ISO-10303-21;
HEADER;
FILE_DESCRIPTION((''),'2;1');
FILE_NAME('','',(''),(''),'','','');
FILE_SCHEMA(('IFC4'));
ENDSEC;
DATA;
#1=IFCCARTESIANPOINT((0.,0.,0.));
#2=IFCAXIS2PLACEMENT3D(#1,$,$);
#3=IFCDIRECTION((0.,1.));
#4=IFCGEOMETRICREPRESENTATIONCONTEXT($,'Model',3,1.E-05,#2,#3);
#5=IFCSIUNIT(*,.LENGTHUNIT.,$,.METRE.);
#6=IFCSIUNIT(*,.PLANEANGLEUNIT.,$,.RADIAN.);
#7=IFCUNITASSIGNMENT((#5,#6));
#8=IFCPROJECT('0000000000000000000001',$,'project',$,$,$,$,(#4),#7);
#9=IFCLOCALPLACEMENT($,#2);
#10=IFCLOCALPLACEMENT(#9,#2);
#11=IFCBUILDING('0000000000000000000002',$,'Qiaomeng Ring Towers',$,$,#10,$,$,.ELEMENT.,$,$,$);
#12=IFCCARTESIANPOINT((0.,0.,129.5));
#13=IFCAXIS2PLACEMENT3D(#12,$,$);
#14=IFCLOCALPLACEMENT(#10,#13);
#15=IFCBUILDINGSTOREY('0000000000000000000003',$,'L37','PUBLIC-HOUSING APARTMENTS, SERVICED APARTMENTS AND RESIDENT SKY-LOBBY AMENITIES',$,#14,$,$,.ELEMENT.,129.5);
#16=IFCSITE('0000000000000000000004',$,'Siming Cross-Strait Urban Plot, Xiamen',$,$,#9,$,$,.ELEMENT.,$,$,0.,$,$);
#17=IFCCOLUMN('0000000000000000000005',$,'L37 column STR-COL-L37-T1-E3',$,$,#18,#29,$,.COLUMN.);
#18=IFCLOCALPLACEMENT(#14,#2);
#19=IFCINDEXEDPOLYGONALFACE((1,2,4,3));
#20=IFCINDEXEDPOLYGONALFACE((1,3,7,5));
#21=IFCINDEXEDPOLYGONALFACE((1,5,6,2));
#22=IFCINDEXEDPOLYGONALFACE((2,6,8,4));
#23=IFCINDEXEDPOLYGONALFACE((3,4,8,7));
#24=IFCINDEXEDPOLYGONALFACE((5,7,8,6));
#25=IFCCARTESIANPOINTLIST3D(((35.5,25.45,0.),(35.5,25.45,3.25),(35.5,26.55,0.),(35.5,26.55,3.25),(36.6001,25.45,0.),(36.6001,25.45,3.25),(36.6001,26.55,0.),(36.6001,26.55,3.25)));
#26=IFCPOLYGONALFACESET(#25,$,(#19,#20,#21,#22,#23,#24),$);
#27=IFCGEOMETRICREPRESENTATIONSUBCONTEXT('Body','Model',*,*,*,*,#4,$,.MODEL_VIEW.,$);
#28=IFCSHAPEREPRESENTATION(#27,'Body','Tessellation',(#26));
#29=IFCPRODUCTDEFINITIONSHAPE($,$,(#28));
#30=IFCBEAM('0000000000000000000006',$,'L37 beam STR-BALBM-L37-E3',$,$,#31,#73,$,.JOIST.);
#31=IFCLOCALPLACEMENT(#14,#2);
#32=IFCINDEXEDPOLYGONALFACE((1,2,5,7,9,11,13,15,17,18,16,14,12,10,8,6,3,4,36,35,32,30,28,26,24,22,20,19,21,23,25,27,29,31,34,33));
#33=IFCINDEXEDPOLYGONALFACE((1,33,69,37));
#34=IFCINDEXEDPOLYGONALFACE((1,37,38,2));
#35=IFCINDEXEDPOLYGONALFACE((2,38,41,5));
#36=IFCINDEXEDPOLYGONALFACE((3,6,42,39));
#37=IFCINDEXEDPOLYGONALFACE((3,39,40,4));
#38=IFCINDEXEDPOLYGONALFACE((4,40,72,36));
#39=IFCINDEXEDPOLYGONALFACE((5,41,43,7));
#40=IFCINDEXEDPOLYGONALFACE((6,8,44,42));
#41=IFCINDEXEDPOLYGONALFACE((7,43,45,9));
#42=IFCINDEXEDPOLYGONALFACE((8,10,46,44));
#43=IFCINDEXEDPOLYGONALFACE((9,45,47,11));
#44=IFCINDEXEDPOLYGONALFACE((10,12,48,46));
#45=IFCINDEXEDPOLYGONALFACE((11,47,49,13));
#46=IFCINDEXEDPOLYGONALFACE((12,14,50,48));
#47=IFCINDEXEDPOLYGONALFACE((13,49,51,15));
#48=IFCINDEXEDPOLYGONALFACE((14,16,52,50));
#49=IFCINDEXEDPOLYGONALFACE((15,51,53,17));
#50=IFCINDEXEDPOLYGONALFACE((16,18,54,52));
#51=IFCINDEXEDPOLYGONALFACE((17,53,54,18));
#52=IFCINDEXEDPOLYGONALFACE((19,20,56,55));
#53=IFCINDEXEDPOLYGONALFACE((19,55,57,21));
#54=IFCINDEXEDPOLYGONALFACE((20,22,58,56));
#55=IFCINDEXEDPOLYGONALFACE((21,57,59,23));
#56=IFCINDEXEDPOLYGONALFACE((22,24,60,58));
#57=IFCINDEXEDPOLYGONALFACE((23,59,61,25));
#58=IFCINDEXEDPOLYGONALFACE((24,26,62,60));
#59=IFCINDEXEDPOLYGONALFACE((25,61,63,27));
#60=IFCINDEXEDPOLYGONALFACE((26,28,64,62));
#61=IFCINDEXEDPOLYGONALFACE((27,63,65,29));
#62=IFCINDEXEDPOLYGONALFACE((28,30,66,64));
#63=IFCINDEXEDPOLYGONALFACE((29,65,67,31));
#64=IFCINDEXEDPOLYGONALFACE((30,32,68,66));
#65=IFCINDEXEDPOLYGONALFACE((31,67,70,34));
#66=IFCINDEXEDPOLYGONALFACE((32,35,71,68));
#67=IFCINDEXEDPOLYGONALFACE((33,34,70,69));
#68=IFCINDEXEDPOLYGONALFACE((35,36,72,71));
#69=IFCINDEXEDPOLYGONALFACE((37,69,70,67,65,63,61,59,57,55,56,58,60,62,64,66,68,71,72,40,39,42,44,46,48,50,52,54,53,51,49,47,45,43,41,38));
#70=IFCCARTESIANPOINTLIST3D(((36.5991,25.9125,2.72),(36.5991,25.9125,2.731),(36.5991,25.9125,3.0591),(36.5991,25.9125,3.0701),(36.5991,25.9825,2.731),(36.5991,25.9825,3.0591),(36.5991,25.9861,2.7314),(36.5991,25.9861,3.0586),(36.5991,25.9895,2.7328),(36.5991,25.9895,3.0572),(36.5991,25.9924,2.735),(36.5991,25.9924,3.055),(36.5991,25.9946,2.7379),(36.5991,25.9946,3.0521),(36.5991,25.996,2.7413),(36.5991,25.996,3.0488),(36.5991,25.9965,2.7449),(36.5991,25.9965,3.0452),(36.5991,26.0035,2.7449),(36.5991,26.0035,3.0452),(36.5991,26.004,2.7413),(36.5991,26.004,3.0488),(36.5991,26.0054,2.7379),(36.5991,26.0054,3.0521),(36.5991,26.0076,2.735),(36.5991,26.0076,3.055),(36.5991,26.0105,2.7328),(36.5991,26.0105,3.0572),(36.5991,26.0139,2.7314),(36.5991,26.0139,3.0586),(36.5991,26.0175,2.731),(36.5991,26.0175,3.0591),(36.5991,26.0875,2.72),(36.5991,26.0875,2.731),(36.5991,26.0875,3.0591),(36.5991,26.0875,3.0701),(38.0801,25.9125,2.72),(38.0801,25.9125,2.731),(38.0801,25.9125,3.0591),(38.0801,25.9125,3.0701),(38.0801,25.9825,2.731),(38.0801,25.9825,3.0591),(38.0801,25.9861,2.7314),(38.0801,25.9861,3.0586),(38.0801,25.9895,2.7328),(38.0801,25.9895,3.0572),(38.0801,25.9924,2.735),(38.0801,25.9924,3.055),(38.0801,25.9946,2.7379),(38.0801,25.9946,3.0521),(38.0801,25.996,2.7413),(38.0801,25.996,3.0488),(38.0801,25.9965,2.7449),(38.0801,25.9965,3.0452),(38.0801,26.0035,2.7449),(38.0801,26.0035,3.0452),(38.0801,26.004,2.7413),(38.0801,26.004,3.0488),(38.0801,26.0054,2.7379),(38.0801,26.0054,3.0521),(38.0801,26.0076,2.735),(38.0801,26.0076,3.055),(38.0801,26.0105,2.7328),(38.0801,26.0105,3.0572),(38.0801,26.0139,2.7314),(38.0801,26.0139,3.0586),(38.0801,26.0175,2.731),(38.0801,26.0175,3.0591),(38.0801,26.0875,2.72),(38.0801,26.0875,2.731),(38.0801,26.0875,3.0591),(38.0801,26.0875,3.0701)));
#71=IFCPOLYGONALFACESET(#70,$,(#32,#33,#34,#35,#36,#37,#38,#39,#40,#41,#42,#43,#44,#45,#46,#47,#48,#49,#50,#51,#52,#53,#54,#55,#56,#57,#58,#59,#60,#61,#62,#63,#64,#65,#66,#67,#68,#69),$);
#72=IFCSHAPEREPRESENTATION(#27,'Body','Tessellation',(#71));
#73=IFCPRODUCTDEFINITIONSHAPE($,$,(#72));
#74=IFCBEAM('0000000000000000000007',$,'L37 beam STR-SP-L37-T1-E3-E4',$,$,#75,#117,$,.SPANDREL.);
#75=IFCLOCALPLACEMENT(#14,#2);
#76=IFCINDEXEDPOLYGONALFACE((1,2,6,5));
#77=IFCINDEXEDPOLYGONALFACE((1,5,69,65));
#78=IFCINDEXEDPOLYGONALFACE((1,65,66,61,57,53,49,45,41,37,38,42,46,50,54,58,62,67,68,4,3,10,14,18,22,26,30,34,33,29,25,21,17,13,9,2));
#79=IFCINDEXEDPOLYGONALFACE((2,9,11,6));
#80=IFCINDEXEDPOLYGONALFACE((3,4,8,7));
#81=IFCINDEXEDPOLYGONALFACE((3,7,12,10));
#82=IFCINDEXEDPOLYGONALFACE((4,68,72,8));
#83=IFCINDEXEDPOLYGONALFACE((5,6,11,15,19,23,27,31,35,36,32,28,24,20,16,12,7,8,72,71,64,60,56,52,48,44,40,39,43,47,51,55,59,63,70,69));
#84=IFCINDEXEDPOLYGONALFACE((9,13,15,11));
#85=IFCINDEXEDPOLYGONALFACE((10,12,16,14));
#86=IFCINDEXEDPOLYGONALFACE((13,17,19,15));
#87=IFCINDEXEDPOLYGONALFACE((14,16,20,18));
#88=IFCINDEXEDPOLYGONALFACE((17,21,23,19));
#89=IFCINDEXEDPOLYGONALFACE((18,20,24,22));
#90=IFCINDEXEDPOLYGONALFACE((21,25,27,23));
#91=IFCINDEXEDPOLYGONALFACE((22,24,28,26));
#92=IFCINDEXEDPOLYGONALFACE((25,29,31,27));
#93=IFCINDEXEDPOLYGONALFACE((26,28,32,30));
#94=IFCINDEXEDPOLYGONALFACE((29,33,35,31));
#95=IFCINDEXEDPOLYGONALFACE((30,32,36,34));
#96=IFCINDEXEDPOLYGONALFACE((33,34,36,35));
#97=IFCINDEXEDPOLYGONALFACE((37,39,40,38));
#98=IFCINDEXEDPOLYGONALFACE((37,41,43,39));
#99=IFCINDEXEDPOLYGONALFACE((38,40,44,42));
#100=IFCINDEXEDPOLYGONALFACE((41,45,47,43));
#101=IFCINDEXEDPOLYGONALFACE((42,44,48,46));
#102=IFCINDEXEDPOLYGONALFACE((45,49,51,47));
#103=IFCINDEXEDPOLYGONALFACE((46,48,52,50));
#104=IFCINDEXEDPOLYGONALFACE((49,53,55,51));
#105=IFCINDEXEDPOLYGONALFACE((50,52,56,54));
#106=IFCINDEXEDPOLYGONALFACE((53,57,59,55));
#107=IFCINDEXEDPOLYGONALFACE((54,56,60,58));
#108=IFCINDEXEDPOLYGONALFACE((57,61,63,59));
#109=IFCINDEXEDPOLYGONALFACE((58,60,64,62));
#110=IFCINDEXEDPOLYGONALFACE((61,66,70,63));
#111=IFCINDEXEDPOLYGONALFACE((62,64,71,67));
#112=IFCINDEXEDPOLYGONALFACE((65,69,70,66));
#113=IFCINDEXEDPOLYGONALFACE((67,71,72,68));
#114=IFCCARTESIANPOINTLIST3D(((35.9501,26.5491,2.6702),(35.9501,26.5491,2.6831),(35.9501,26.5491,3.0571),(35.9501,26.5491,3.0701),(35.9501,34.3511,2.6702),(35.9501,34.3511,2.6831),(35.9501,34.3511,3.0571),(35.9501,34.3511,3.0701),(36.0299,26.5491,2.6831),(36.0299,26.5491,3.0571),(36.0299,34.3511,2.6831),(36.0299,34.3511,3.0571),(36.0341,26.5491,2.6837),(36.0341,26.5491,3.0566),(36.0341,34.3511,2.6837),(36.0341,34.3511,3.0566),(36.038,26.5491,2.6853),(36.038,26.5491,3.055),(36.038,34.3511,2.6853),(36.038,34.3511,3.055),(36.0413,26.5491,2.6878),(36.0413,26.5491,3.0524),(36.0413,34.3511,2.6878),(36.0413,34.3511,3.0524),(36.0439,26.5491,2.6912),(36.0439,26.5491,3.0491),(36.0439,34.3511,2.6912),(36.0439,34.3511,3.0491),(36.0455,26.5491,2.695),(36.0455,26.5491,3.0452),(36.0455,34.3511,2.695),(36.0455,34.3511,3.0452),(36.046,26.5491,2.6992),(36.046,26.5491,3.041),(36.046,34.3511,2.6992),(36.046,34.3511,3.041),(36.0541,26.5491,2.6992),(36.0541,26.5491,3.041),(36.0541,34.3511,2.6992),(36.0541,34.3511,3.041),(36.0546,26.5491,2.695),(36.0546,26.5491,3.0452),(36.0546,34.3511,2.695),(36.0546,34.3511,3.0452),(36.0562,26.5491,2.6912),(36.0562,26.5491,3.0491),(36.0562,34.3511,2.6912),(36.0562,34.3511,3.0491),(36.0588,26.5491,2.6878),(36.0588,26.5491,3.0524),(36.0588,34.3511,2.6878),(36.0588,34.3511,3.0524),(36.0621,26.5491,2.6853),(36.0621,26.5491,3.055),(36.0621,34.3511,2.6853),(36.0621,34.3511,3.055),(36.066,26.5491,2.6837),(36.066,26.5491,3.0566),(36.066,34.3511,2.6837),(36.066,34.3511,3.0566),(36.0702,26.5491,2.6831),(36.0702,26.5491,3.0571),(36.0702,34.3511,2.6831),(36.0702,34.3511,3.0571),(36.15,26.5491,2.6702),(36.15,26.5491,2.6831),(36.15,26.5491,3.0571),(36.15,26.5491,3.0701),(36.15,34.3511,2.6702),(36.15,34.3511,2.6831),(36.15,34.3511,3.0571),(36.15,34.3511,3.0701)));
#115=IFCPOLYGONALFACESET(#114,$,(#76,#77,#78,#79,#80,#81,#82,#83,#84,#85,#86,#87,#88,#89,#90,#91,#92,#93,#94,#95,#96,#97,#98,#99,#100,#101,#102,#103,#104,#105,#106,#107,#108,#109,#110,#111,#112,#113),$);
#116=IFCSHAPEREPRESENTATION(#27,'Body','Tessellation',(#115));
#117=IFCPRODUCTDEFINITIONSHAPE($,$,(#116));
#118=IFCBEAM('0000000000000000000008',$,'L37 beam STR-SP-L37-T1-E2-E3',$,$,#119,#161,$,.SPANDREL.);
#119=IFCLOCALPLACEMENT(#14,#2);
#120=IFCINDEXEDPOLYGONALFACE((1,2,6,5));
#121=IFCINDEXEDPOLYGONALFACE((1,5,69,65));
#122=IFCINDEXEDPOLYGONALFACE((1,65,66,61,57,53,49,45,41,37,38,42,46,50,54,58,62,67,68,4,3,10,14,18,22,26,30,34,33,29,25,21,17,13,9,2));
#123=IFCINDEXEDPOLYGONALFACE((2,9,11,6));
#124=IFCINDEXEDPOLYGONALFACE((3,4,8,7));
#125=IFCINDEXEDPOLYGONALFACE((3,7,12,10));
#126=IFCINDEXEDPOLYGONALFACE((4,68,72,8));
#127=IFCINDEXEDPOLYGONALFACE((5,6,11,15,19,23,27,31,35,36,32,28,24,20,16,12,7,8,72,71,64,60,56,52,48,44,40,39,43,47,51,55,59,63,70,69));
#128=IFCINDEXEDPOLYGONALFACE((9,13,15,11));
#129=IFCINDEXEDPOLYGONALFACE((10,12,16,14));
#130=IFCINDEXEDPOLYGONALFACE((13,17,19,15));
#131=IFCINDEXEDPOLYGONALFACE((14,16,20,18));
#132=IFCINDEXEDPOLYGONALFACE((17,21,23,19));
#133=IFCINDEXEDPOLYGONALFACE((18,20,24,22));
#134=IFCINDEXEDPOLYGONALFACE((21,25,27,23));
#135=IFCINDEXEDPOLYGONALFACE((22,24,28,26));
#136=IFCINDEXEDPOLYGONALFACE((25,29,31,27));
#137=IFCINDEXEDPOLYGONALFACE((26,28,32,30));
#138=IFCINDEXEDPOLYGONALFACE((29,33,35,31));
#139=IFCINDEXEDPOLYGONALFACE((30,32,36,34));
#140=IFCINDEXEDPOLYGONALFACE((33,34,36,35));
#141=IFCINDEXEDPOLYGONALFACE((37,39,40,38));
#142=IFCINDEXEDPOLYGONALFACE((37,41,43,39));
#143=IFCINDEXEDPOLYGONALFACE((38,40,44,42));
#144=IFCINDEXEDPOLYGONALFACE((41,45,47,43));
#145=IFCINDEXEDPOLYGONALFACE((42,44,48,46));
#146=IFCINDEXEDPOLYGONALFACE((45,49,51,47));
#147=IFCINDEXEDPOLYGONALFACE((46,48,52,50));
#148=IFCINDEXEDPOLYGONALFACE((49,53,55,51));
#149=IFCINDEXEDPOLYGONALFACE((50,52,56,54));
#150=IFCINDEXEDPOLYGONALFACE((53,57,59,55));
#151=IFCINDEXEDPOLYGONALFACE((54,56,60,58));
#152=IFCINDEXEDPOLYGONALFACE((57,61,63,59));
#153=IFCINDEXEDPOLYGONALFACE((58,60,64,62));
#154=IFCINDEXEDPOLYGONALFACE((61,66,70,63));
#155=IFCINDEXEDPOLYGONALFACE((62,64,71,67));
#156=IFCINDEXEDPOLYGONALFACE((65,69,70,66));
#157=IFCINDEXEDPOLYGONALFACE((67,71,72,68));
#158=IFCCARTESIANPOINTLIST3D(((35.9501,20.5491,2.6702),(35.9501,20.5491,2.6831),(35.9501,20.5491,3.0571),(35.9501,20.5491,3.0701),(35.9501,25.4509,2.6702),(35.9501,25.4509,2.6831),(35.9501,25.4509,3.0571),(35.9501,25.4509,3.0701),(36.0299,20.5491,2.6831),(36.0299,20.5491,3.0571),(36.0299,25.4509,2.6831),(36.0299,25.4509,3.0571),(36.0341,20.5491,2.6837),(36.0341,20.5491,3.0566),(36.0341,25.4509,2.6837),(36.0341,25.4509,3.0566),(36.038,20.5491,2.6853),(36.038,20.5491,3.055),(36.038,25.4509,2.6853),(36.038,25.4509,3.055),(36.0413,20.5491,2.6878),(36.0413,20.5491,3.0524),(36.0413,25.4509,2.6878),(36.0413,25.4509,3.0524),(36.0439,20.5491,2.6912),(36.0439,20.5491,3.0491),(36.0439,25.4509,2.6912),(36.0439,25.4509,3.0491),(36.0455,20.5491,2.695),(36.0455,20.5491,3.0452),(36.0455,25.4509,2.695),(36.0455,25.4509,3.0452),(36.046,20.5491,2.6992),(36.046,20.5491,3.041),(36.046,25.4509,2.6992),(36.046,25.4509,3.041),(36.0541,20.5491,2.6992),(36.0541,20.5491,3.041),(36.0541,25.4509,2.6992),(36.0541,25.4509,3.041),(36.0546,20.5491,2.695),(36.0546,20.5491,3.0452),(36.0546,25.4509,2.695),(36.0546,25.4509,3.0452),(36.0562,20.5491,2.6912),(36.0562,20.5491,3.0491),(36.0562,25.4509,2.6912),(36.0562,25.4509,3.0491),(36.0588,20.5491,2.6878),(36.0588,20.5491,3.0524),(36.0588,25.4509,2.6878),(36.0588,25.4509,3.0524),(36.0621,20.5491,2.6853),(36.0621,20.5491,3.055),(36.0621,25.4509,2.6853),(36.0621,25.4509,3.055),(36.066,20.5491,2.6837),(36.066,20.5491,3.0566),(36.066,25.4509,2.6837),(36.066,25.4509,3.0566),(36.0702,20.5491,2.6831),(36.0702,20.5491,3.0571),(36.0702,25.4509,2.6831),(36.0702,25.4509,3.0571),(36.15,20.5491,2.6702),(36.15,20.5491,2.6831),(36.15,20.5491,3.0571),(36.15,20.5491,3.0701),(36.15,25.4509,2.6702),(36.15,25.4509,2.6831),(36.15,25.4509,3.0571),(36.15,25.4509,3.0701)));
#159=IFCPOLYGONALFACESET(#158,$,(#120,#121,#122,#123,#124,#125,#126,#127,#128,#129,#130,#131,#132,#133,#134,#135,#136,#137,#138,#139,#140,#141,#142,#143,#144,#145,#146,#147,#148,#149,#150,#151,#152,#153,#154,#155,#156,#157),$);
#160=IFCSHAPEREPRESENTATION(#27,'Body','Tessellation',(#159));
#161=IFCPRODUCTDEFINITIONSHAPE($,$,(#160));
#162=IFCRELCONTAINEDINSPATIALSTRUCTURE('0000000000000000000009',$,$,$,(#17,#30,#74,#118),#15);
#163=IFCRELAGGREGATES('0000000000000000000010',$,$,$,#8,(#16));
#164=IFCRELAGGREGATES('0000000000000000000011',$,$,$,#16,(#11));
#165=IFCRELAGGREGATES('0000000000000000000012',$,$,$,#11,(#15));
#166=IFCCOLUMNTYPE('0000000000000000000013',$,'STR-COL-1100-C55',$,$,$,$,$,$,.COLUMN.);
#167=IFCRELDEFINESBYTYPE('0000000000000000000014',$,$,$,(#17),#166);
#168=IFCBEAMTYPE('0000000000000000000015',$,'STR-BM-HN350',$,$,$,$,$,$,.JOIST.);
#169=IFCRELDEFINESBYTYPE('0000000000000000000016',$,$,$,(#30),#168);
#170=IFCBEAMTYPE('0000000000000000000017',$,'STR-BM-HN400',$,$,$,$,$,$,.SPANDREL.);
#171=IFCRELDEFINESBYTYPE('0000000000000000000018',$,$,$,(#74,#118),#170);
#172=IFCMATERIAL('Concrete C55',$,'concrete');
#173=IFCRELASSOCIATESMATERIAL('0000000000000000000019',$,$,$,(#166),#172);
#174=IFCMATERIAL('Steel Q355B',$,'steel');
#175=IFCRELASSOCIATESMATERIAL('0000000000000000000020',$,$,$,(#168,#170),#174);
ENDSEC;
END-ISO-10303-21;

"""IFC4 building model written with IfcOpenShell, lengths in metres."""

from ifc_helpers import new_model, si_unit, direction, frame, origin, origin_2d, place, context, subcontext, project, spatial, rectangle, i_section, extrude, source, transform, mapped, material, material_profile, profile_set, type_object, element, save


model = new_model("IFC4")

# Units and contexts
model_context = context("Model", 3, precision=1e-05, world=origin(), true_north=direction((0.0, 1.0)))
body_context = subcontext(model_context, "Body", "Model", "MODEL_VIEW")
ifc_project = project(units=[si_unit("LENGTHUNIT", "METRE"), si_unit("PLANEANGLEUNIT", "RADIAN")], contexts=[model_context])

# Site, building, storey
site_placement = place(None, origin())
site = spatial("IfcSite", under=ifc_project, at=site_placement, Name="Siming Cross-Strait Urban Plot, Xiamen", CompositionType="ELEMENT", RefElevation=0.0)
building_placement = place(site_placement, origin())
building = spatial("IfcBuilding", under=site, at=building_placement, Name="Qiaomeng Ring Towers", CompositionType="ELEMENT")
storey_placement = place(building_placement, frame((0.0, 0.0, 129.5)))
storey = spatial("IfcBuildingStorey", under=building, at=storey_placement, Name="L37", Description="PUBLIC-HOUSING APARTMENTS, SERVICED APARTMENTS AND RESIDENT SKY-LOBBY AMENITIES", CompositionType="ELEMENT", Elevation=129.5)

# Column
ifc_material_1 = material(Name="Concrete C55", Category="concrete")
ifc_material_profile_1 = material_profile(ifc_material_1, rectangle(XDim=1.1001, YDim=1.1001, at=origin_2d()), Name="RC COL 1100x1100")
ifc_profile_set_1 = profile_set([ifc_material_profile_1], Name="Concrete C55")
column_type = type_object("IfcColumnType", Name="STR-COL-1100-C55", PredefinedType="COLUMN", material=ifc_profile_set_1)
shared_shape_1 = source(origin(), body_context, "Body", "SweptSolid", [
    extrude(rectangle(XDim=1.1001, YDim=1.1001, at=origin_2d()), origin(), (0.0, 0.0, 1.0), 3.25),
])
column_placement = place(storey_placement, frame((36.05, 26.0, 0.0), z_axis=(0.0, 0.0, 1.0), x_axis=(1.0, 0.0, 0.0)))
element("IfcColumn", 1, at=column_placement, inside=storey, type_object=column_type, Name="L37 column STR-COL-L37-T1-E3", PredefinedType="COLUMN", context=body_context, shape_type="MappedRepresentation", body=[
    mapped(shared_shape_1, transform((0.0, 0.0, 0.0), x_axis=(1.0, 0.0, 0.0), y_axis=(0.0, 1.0, 0.0), z_axis=(0.0, 0.0, 1.0), scale=1.0)),
])

# Beams
ifc_material_2 = material(Name="Steel Q355B", Category="steel")
ifc_material_profile_2 = material_profile(ifc_material_2, i_section(OverallWidth=0.175, OverallDepth=0.3501, WebThickness=0.0071, FlangeThickness=0.011, FilletRadius=0.0139, at=origin_2d()), Name="HN 350x175x7x11")
ifc_profile_set_2 = profile_set([ifc_material_profile_2], Name="Steel Q355B")
beam_type_1 = type_object("IfcBeamType", Name="STR-BM-HN350", PredefinedType="JOIST", material=ifc_profile_set_2)
shared_shape_2 = source(origin(), body_context, "Body", "SweptSolid", [
    extrude(i_section(OverallWidth=0.175, OverallDepth=0.3501, WebThickness=0.0071, FlangeThickness=0.011, FilletRadius=0.0139, at=origin_2d()), origin(), (0.0, 0.0, 1.0), 1.481),
])
beam_1_placement = place(storey_placement, frame((36.5991, 26.0, 2.895), z_axis=(1.0, 0.0, 0.0), x_axis=(0.0, 1.0, 0.0)))
element("IfcBeam", 2, at=beam_1_placement, inside=storey, type_object=beam_type_1, Name="L37 beam STR-BALBM-L37-E3", PredefinedType="JOIST", context=body_context, shape_type="MappedRepresentation", body=[
    mapped(shared_shape_2, transform((0.0, 0.0, 0.0), x_axis=(1.0, 0.0, 0.0), y_axis=(0.0, 1.0, 0.0), z_axis=(0.0, 0.0, 1.0), scale=1.0)),
])
ifc_material_profile_3 = material_profile(ifc_material_2, i_section(OverallWidth=0.2, OverallDepth=0.3999, WebThickness=0.0081, FlangeThickness=0.0129, FilletRadius=0.0161, at=origin_2d()), Name="HN 400x200x8x13")
ifc_profile_set_3 = profile_set([ifc_material_profile_3], Name="Steel Q355B")
beam_type_2 = type_object("IfcBeamType", Name="STR-BM-HN400", PredefinedType="SPANDREL", material=ifc_profile_set_3)
shared_shape_3 = source(origin(), body_context, "Body", "SweptSolid", [
    extrude(i_section(OverallWidth=0.2, OverallDepth=0.3999, WebThickness=0.0081, FlangeThickness=0.0129, FilletRadius=0.0161, at=origin_2d()), origin(), (0.0, 0.0, 1.0), 7.802),
])
beam_2_placement = place(storey_placement, frame((36.05, 26.5491, 2.8701), z_axis=(0.0, 1.0, 0.0), x_axis=(-1.0, 0.0, 0.0)))
element("IfcBeam", 3, at=beam_2_placement, inside=storey, type_object=beam_type_2, Name="L37 beam STR-SP-L37-T1-E3-E4", PredefinedType="SPANDREL", context=body_context, shape_type="MappedRepresentation", body=[
    mapped(shared_shape_3, transform((0.0, 0.0, 0.0), x_axis=(1.0, 0.0, 0.0), y_axis=(0.0, 1.0, 0.0), z_axis=(0.0, 0.0, 1.0), scale=1.0)),
])
shared_shape_4 = source(origin(), body_context, "Body", "SweptSolid", [
    extrude(i_section(OverallWidth=0.2, OverallDepth=0.3999, WebThickness=0.0081, FlangeThickness=0.0129, FilletRadius=0.0161, at=origin_2d()), origin(), (0.0, 0.0, 1.0), 4.9019),
])
beam_3_placement = place(storey_placement, frame((36.05, 20.5491, 2.8701), z_axis=(0.0, 1.0, 0.0), x_axis=(-1.0, 0.0, 0.0)))
element("IfcBeam", 4, at=beam_3_placement, inside=storey, type_object=beam_type_2, Name="L37 beam STR-SP-L37-T1-E2-E3", PredefinedType="SPANDREL", context=body_context, shape_type="MappedRepresentation", body=[
    mapped(shared_shape_4, transform((0.0, 0.0, 0.0), x_axis=(1.0, 0.0, 0.0), y_axis=(0.0, 1.0, 0.0), z_axis=(0.0, 0.0, 1.0), scale=1.0)),
])

save(model, "model.ifc")
